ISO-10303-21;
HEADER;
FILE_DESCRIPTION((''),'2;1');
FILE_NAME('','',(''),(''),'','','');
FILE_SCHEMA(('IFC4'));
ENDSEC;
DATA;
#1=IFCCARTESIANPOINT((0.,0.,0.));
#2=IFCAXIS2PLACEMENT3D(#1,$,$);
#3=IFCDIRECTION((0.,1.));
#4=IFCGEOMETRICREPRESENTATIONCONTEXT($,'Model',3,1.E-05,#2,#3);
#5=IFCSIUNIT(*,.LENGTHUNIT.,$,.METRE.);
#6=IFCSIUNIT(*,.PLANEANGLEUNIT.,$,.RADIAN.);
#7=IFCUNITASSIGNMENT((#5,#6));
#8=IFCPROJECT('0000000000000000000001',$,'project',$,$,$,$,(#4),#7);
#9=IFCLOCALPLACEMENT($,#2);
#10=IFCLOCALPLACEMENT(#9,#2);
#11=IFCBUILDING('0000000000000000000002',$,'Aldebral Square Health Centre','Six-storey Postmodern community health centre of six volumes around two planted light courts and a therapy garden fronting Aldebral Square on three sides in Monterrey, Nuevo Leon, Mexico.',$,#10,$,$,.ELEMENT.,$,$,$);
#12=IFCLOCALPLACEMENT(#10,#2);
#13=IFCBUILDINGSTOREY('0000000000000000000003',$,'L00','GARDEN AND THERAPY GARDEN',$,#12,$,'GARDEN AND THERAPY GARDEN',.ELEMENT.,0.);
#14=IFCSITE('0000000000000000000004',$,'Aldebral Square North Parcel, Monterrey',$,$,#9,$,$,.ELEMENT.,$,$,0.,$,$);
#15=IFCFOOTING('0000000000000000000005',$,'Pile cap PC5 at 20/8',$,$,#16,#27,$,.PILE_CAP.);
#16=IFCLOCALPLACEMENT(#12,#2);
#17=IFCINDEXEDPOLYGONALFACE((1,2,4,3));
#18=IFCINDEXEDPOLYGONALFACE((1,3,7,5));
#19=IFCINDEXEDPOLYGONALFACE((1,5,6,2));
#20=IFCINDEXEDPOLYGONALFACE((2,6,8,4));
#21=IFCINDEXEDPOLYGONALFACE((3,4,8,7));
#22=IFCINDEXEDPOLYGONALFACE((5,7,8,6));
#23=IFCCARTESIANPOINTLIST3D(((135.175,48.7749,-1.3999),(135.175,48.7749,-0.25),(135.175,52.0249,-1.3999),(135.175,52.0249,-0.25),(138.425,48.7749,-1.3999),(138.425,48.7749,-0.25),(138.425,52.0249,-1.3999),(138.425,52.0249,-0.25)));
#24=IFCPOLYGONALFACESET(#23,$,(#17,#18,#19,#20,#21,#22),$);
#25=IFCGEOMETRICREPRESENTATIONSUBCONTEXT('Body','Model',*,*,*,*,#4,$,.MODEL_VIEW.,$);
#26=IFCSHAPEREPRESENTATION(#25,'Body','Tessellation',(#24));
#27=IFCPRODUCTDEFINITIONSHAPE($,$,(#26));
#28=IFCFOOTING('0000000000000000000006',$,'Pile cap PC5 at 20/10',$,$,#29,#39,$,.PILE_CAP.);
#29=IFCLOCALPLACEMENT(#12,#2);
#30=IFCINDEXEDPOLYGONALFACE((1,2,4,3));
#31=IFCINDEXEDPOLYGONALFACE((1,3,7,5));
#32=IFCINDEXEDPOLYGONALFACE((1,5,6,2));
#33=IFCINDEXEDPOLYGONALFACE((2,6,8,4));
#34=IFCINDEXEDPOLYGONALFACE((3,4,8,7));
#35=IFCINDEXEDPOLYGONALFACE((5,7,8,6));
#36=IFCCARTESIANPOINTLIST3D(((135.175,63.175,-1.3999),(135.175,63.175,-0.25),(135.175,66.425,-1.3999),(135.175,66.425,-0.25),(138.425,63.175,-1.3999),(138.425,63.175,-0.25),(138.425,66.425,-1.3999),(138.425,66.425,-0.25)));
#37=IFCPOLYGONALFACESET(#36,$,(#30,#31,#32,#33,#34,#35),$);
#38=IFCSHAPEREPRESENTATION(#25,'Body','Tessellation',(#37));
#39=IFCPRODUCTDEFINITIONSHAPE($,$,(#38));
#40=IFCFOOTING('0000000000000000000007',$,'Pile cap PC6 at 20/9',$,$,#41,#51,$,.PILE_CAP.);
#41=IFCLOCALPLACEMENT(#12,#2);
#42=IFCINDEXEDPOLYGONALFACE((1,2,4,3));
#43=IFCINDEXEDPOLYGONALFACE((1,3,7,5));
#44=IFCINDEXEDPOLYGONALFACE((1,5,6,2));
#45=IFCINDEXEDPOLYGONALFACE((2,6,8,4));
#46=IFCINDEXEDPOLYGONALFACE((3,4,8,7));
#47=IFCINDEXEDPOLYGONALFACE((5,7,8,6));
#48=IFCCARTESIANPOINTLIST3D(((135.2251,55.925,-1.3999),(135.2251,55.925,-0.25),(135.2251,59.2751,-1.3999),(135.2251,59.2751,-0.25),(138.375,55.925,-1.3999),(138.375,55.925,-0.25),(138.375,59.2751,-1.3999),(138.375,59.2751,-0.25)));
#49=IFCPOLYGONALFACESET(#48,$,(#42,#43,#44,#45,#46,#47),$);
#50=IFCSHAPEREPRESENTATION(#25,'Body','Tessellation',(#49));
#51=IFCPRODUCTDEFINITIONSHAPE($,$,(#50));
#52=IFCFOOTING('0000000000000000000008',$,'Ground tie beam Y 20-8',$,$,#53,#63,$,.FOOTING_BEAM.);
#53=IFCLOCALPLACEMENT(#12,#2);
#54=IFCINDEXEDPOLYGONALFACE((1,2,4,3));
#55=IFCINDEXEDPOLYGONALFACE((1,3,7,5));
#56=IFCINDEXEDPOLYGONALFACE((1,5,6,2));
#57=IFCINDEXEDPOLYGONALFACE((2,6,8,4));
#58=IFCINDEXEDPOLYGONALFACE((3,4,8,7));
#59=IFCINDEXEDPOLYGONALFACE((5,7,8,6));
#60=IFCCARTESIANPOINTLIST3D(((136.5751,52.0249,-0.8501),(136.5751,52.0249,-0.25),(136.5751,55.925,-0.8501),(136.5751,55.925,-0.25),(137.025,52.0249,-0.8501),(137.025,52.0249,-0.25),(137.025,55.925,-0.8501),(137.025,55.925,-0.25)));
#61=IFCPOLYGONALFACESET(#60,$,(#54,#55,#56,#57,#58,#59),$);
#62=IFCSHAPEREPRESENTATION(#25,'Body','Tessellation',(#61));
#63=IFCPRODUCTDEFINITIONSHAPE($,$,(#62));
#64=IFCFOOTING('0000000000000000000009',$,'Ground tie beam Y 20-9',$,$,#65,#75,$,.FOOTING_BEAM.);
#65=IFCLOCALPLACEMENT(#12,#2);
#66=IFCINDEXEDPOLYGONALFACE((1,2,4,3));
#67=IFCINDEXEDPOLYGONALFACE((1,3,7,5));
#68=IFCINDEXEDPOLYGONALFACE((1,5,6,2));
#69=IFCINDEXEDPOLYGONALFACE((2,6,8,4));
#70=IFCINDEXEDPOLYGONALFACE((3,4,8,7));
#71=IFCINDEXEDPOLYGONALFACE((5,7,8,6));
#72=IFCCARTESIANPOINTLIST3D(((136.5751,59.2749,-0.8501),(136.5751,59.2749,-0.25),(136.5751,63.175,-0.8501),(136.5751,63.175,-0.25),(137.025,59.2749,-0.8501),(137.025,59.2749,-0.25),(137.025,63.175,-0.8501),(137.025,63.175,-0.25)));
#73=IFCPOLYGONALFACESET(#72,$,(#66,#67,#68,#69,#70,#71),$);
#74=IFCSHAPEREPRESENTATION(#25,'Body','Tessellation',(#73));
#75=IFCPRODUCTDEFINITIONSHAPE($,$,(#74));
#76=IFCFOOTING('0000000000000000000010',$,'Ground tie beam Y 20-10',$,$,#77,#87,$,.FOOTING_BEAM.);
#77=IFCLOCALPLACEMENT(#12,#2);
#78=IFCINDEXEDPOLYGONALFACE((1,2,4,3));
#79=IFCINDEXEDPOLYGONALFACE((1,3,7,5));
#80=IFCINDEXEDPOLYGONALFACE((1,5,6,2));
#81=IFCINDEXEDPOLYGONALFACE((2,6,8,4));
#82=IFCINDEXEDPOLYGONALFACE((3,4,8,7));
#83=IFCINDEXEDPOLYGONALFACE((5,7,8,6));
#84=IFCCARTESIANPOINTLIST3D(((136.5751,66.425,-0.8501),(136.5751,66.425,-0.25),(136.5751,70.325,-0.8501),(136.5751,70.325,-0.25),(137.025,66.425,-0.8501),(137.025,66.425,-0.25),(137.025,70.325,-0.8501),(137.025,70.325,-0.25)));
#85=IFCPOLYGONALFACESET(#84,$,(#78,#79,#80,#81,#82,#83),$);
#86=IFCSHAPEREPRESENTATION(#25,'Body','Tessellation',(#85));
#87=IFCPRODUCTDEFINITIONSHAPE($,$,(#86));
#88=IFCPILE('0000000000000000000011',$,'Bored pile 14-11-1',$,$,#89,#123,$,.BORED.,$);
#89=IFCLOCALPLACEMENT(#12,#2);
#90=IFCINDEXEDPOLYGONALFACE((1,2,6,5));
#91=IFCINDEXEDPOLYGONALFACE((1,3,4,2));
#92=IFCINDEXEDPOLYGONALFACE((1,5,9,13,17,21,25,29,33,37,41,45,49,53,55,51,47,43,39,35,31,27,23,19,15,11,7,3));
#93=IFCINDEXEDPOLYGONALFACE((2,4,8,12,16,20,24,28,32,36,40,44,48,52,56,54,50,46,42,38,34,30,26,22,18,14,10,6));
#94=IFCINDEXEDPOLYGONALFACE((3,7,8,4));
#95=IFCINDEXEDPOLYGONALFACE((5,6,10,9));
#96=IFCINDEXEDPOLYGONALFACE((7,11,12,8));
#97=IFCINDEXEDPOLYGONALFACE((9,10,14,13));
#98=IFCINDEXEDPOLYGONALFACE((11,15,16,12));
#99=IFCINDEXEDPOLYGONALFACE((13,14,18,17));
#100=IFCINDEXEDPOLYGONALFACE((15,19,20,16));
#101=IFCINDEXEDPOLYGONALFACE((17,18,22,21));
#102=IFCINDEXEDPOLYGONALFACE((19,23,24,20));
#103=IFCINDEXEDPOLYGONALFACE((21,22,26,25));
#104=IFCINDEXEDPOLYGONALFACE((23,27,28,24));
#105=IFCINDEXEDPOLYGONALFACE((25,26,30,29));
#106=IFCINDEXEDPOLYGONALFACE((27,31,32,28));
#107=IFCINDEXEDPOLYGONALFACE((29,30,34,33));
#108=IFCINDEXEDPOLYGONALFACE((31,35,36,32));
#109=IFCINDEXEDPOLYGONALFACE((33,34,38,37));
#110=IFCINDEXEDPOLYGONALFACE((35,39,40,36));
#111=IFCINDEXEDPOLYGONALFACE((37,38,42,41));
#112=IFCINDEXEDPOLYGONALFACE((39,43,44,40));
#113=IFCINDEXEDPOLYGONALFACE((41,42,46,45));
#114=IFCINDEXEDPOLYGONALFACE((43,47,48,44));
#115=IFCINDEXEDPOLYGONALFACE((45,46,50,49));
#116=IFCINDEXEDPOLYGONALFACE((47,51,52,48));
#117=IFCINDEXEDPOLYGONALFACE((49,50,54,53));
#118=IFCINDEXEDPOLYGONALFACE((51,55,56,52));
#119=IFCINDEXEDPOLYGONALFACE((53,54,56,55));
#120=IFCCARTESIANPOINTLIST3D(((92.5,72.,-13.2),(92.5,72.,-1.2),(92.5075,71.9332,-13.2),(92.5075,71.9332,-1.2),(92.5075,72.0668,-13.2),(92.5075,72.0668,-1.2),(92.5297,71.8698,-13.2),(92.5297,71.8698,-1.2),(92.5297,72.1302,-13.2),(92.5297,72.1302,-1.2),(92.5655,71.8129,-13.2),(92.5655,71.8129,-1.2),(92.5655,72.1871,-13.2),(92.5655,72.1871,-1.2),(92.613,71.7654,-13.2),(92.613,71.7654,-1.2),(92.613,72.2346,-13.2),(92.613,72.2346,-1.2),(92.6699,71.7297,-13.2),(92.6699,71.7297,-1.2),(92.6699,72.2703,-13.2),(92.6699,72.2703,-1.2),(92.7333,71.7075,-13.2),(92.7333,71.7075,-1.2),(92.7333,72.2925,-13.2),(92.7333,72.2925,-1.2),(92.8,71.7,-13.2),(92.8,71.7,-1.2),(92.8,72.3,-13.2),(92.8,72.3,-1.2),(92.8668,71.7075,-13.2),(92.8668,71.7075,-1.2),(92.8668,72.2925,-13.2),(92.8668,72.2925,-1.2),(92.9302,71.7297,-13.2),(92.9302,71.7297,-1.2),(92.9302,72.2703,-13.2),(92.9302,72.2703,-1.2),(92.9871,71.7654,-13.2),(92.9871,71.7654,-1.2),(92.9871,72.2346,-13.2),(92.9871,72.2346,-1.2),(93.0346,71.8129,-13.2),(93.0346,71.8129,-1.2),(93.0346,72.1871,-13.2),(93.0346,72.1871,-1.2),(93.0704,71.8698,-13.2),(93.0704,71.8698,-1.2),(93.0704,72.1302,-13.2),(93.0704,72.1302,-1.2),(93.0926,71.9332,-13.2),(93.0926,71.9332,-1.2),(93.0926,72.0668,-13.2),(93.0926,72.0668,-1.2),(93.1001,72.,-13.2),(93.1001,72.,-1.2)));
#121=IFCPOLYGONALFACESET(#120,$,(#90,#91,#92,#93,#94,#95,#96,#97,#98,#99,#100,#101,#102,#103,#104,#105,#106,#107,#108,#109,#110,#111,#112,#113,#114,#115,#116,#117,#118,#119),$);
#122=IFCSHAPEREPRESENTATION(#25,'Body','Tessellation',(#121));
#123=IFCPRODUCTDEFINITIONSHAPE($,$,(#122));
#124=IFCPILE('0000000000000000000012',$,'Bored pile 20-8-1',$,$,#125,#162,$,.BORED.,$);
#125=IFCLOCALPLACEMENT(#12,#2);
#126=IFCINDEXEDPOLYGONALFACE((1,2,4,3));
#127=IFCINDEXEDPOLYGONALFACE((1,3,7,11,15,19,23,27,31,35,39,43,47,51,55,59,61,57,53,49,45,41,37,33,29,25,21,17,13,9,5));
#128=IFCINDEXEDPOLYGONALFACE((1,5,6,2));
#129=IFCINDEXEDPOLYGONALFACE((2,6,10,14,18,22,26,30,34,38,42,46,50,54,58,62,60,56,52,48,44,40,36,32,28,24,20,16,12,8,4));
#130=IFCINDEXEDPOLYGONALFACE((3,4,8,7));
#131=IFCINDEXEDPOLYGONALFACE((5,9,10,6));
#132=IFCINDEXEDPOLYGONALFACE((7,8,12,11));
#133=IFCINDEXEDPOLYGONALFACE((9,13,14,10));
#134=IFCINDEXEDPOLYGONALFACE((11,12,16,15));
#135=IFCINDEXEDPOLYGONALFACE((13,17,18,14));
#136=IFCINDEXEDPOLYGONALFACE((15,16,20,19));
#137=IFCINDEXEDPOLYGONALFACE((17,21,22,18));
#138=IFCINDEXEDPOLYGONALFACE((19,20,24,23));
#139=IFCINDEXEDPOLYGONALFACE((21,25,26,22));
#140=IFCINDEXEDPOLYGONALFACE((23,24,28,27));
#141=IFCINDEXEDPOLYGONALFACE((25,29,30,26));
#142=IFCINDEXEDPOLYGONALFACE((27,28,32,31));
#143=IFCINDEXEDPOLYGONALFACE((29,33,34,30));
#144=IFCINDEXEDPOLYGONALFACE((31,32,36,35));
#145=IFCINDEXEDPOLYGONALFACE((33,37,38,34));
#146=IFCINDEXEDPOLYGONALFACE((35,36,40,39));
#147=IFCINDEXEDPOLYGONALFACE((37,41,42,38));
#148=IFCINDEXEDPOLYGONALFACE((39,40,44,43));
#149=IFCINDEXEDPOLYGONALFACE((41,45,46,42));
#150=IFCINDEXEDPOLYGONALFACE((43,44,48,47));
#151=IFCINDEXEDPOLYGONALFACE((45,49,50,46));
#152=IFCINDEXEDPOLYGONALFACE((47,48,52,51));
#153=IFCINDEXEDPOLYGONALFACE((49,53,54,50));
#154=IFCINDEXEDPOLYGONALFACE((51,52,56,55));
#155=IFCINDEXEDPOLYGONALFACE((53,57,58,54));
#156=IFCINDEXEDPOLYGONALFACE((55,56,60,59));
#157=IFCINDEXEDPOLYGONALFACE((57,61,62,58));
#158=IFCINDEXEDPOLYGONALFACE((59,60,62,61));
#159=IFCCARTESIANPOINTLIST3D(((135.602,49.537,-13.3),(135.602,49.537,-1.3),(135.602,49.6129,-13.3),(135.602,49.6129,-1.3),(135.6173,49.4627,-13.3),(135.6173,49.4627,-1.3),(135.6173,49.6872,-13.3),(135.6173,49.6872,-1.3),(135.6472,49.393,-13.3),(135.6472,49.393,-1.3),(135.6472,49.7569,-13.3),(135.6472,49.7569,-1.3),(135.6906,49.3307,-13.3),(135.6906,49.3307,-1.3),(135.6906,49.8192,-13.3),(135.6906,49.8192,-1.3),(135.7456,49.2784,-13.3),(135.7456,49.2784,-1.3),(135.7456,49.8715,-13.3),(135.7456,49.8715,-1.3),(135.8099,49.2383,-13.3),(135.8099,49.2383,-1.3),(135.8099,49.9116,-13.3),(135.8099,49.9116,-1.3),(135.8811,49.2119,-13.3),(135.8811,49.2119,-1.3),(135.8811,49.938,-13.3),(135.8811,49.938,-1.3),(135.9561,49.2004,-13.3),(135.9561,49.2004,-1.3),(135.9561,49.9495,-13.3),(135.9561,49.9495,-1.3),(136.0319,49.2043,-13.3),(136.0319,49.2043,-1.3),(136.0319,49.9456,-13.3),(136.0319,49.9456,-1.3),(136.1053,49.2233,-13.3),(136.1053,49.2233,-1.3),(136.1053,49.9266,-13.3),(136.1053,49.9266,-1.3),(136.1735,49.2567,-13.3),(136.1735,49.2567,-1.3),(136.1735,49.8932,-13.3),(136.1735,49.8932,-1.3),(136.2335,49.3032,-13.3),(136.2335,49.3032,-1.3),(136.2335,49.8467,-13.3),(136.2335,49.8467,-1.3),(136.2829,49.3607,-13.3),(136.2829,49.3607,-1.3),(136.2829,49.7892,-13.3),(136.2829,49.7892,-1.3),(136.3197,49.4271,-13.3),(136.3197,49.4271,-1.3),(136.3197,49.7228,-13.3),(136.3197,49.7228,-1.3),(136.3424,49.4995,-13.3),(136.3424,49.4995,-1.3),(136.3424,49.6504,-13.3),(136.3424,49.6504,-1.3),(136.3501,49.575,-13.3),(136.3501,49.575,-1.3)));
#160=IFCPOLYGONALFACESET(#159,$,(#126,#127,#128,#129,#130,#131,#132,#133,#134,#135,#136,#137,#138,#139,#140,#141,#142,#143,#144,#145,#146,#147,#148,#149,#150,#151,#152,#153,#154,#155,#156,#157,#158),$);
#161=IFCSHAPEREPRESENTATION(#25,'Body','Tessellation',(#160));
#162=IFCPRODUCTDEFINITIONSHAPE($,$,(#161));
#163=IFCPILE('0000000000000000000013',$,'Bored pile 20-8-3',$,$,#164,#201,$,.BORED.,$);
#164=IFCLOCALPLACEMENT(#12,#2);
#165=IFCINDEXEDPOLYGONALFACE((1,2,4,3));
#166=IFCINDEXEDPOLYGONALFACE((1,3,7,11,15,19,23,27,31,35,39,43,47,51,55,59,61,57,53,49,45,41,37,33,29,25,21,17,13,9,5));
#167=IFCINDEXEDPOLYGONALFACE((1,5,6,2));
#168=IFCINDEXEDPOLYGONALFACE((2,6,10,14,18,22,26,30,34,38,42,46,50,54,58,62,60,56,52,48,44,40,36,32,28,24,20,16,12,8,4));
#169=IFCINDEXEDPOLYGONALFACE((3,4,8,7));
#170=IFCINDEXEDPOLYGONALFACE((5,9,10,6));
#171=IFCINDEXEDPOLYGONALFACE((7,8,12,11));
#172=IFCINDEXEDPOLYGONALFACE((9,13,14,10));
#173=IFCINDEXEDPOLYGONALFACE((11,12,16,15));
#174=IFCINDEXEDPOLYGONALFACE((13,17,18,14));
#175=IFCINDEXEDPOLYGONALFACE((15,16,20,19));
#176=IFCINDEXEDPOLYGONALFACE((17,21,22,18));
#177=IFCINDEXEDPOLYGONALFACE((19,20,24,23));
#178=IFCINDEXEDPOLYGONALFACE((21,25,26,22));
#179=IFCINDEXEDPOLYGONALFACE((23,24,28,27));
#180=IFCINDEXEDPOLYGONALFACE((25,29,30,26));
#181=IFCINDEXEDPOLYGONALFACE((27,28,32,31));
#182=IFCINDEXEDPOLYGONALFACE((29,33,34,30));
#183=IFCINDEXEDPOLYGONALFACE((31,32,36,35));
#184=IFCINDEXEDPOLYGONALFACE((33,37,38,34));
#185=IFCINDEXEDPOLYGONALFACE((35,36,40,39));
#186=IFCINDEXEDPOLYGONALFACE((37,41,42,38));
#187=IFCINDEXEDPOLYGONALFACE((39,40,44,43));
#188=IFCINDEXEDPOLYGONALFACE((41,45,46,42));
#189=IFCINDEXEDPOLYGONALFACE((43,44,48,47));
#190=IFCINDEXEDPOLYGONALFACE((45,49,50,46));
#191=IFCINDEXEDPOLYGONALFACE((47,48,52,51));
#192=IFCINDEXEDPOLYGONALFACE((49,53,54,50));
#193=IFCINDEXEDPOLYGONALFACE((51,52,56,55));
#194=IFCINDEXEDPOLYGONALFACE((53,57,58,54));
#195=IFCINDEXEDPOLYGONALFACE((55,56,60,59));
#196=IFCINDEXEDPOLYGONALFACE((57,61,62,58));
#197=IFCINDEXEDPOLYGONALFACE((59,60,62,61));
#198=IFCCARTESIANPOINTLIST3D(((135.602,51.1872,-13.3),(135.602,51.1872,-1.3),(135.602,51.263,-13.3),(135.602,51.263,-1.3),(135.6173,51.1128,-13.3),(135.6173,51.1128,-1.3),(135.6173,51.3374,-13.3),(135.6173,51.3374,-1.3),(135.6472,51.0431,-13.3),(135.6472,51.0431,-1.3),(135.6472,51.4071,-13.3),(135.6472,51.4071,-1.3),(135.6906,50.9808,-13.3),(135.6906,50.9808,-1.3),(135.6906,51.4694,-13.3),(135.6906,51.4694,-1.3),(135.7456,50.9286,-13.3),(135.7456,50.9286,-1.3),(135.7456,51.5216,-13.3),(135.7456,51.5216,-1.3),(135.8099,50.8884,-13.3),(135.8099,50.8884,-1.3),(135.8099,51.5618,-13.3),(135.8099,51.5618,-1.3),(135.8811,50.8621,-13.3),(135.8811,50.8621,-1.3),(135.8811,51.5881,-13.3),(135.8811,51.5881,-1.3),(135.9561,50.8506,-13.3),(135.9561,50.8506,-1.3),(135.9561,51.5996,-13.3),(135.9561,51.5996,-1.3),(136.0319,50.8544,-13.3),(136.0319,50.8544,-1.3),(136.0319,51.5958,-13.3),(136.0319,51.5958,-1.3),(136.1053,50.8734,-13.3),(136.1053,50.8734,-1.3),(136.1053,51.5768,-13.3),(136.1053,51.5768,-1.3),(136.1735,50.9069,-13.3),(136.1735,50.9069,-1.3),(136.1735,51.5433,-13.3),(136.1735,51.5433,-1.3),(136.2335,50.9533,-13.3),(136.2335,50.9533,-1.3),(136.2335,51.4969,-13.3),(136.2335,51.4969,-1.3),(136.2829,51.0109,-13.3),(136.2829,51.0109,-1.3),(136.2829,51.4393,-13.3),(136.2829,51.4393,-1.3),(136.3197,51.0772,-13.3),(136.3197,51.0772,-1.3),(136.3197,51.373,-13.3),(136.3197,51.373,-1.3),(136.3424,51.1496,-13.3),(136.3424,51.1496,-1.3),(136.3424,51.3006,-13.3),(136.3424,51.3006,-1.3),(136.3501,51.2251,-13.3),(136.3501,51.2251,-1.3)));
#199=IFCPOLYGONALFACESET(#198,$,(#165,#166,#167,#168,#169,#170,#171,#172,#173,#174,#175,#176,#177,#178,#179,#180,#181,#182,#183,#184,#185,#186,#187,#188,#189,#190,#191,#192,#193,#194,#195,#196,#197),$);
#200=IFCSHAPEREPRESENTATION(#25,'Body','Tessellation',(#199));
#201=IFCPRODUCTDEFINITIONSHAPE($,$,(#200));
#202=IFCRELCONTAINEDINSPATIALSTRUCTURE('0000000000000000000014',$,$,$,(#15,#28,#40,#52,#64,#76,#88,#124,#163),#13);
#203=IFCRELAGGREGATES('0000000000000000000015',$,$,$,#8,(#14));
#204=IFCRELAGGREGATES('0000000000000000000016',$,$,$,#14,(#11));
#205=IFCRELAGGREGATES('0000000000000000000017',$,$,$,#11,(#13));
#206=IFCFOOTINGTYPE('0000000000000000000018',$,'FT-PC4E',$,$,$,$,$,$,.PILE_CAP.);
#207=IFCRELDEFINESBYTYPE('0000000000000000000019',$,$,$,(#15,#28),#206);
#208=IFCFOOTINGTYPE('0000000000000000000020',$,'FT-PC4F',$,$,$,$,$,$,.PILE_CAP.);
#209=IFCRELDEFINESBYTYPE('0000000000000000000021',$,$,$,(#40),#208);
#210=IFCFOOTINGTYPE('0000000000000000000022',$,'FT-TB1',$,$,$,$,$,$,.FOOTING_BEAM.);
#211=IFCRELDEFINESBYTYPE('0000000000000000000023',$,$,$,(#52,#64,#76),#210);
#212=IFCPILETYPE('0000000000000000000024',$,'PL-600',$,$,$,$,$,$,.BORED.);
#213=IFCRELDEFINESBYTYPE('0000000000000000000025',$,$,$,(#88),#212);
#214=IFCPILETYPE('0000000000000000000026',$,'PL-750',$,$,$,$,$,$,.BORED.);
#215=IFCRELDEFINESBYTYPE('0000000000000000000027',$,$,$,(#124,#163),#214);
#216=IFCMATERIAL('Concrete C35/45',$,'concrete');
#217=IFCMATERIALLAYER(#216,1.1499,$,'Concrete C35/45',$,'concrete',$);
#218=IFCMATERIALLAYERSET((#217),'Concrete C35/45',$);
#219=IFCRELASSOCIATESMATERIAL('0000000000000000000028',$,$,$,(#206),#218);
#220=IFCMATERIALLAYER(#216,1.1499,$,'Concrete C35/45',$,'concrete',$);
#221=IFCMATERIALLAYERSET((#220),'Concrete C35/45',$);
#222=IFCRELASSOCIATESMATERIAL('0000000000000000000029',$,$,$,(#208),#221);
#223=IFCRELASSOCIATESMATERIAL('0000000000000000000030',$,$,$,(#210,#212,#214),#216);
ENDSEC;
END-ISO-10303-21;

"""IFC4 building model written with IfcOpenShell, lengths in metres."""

from ifc_helpers import new_model, si_unit, direction, frame, origin, origin_2d, place, context, subcontext, project, spatial, rectangle, circle, extrude, material, layer, layer_set, material_profile, profile_set, type_object, element, save


model = new_model("IFC4")

# Units and contexts
model_context = context("Model", 3, precision=1e-05, world=origin(), true_north=direction((0.0, 1.0)))
body_context = subcontext(model_context, "Body", "Model", "MODEL_VIEW")
ifc_project = project(units=[si_unit("LENGTHUNIT", "METRE"), si_unit("PLANEANGLEUNIT", "RADIAN")], contexts=[model_context])

# Site, building, storey
site_placement = place(None, origin())
site = spatial("IfcSite", under=ifc_project, at=site_placement, Name="Aldebral Square North Parcel, Monterrey", CompositionType="ELEMENT", RefElevation=0.0)
building_placement = place(site_placement, origin())
building = spatial("IfcBuilding", under=site, at=building_placement, Name="Aldebral Square Health Centre", Description="Six-storey Postmodern community health centre of six volumes around two planted light courts and a therapy garden fronting Aldebral Square on three sides in Monterrey, Nuevo Leon, Mexico.", CompositionType="ELEMENT")
storey_placement = place(building_placement, origin())
storey = spatial("IfcBuildingStorey", under=building, at=storey_placement, Name="L00", Description="GARDEN AND THERAPY GARDEN", LongName="GARDEN AND THERAPY GARDEN", CompositionType="ELEMENT", Elevation=0.0)

# Footings
ifc_material_1 = material(Name="Concrete C35/45", Category="concrete")
ifc_layer_1 = layer(ifc_material_1, 1.1499, Name="Concrete C35/45", Category="concrete")
ifc_layer_set_1 = layer_set([ifc_layer_1], Name="Concrete C35/45")
footing_type_1 = type_object("IfcFootingType", Name="FT-PC4E", PredefinedType="PILE_CAP", material=ifc_layer_set_1)
for number, where, z_axis, x_axis, name in (
    (1, (136.8, 50.3999, -1.3999), (0.0, 0.0, 1.0), (1.0, 0.0, 0.0), "Pile cap PC5 at 20/8"),
    (2, (136.8, 64.8, -1.3999), (0.0, 0.0, 1.0), (1.0, 0.0, 0.0), "Pile cap PC5 at 20/10"),
):
    element("IfcFooting", number, at=place(storey_placement, frame(where, z_axis=z_axis, x_axis=x_axis)), inside=storey, type_object=footing_type_1, Name=name, PredefinedType="PILE_CAP", context=body_context, shape_type="SweptSolid", body=[
        extrude(rectangle(XDim=3.25, YDim=3.25, at=origin_2d()), origin(), (0.0, 0.0, 1.0), 1.1499),
    ])
ifc_layer_2 = layer(ifc_material_1, 1.1499, Name="Concrete C35/45", Category="concrete")
ifc_layer_set_2 = layer_set([ifc_layer_2], Name="Concrete C35/45")
footing_type_2 = type_object("IfcFootingType", Name="FT-PC4F", PredefinedType="PILE_CAP", material=ifc_layer_set_2)
footing_1_placement = place(storey_placement, frame((136.8, 57.6001, -1.3999), z_axis=(0.0, 0.0, 1.0), x_axis=(1.0, 0.0, 0.0)))
element("IfcFooting", 3, at=footing_1_placement, inside=storey, type_object=footing_type_2, Name="Pile cap PC6 at 20/9", PredefinedType="PILE_CAP", context=body_context, shape_type="SweptSolid", body=[
    extrude(rectangle(XDim=3.1499, YDim=3.3501, at=origin_2d()), origin(), (0.0, 0.0, 1.0), 1.1499),
])
ifc_material_profile_1 = material_profile(ifc_material_1, rectangle(XDim=0.45, YDim=0.6001, at=origin_2d()), Name="RC 450x600")
ifc_profile_set_1 = profile_set([ifc_material_profile_1], Name="Concrete C35/45")
footing_type_3 = type_object("IfcFootingType", Name="FT-TB1", PredefinedType="FOOTING_BEAM", material=ifc_profile_set_1)
for number, where, z_axis, x_axis, name in (
    (4, (136.8, 52.0249, -0.55), (0.0, 1.0, 0.0), (-1.0, 0.0, 0.0), "Ground tie beam Y 20-8"),
    (5, (136.8, 59.2749, -0.55), (0.0, 1.0, 0.0), (-1.0, 0.0, 0.0), "Ground tie beam Y 20-9"),
):
    element("IfcFooting", number, at=place(storey_placement, frame(where, z_axis=z_axis, x_axis=x_axis)), inside=storey, type_object=footing_type_3, Name=name, PredefinedType="FOOTING_BEAM", context=body_context, shape_type="SweptSolid", body=[
        extrude(rectangle(XDim=0.45, YDim=0.6001, at=origin_2d()), origin(), (0.0, 0.0, 1.0), 3.9001),
    ])
footing_2_placement = place(storey_placement, frame((136.8, 66.425, -0.55), z_axis=(0.0, 1.0, 0.0), x_axis=(-1.0, 0.0, 0.0)))
element("IfcFooting", 6, at=footing_2_placement, inside=storey, type_object=footing_type_3, Name="Ground tie beam Y 20-10", PredefinedType="FOOTING_BEAM", context=body_context, shape_type="SweptSolid", body=[
    extrude(rectangle(XDim=0.45, YDim=0.6001, at=origin_2d()), origin(), (0.0, 0.0, 1.0), 3.8999),
])

# Piles
ifc_material_profile_2 = material_profile(ifc_material_1, circle(Radius=0.3, at=origin_2d()), Name="PILE D600")
ifc_profile_set_2 = profile_set([ifc_material_profile_2], Name="Concrete C35/45")
pile_type_1 = type_object("IfcPileType", Name="PL-600", PredefinedType="BORED", material=ifc_profile_set_2)
pile_placement = place(storey_placement, frame((92.8, 72.0, -1.2), z_axis=(0.0, 0.0, -1.0), x_axis=(1.0, 0.0, 0.0)))
element("IfcPile", 7, at=pile_placement, inside=storey, type_object=pile_type_1, Name="Bored pile 14-11-1", PredefinedType="BORED", context=body_context, shape_type="SweptSolid", body=[
    extrude(circle(Radius=0.3, at=origin_2d()), origin(), (0.0, 0.0, 1.0), 12.0),
])
ifc_material_profile_3 = material_profile(ifc_material_1, circle(Radius=0.375, at=origin_2d()), Name="PILE D750")
ifc_profile_set_3 = profile_set([ifc_material_profile_3], Name="Concrete C35/45")
pile_type_2 = type_object("IfcPileType", Name="PL-750", PredefinedType="BORED", material=ifc_profile_set_3)
for number, where, z_axis, x_axis, name in (
    (8, (135.9751, 49.575, -1.3), (0.0, 0.0, -1.0), (1.0, 0.0, 0.0), "Bored pile 20-8-1"),
    (9, (135.9751, 51.2251, -1.3), (0.0, 0.0, -1.0), (1.0, 0.0, 0.0), "Bored pile 20-8-3"),
):
    element("IfcPile", number, at=place(storey_placement, frame(where, z_axis=z_axis, x_axis=x_axis)), inside=storey, type_object=pile_type_2, Name=name, PredefinedType="BORED", context=body_context, shape_type="SweptSolid", body=[
        extrude(circle(Radius=0.375, at=origin_2d()), origin(), (0.0, 0.0, 1.0), 12.0),
    ])

save(model, "model.ifc")
